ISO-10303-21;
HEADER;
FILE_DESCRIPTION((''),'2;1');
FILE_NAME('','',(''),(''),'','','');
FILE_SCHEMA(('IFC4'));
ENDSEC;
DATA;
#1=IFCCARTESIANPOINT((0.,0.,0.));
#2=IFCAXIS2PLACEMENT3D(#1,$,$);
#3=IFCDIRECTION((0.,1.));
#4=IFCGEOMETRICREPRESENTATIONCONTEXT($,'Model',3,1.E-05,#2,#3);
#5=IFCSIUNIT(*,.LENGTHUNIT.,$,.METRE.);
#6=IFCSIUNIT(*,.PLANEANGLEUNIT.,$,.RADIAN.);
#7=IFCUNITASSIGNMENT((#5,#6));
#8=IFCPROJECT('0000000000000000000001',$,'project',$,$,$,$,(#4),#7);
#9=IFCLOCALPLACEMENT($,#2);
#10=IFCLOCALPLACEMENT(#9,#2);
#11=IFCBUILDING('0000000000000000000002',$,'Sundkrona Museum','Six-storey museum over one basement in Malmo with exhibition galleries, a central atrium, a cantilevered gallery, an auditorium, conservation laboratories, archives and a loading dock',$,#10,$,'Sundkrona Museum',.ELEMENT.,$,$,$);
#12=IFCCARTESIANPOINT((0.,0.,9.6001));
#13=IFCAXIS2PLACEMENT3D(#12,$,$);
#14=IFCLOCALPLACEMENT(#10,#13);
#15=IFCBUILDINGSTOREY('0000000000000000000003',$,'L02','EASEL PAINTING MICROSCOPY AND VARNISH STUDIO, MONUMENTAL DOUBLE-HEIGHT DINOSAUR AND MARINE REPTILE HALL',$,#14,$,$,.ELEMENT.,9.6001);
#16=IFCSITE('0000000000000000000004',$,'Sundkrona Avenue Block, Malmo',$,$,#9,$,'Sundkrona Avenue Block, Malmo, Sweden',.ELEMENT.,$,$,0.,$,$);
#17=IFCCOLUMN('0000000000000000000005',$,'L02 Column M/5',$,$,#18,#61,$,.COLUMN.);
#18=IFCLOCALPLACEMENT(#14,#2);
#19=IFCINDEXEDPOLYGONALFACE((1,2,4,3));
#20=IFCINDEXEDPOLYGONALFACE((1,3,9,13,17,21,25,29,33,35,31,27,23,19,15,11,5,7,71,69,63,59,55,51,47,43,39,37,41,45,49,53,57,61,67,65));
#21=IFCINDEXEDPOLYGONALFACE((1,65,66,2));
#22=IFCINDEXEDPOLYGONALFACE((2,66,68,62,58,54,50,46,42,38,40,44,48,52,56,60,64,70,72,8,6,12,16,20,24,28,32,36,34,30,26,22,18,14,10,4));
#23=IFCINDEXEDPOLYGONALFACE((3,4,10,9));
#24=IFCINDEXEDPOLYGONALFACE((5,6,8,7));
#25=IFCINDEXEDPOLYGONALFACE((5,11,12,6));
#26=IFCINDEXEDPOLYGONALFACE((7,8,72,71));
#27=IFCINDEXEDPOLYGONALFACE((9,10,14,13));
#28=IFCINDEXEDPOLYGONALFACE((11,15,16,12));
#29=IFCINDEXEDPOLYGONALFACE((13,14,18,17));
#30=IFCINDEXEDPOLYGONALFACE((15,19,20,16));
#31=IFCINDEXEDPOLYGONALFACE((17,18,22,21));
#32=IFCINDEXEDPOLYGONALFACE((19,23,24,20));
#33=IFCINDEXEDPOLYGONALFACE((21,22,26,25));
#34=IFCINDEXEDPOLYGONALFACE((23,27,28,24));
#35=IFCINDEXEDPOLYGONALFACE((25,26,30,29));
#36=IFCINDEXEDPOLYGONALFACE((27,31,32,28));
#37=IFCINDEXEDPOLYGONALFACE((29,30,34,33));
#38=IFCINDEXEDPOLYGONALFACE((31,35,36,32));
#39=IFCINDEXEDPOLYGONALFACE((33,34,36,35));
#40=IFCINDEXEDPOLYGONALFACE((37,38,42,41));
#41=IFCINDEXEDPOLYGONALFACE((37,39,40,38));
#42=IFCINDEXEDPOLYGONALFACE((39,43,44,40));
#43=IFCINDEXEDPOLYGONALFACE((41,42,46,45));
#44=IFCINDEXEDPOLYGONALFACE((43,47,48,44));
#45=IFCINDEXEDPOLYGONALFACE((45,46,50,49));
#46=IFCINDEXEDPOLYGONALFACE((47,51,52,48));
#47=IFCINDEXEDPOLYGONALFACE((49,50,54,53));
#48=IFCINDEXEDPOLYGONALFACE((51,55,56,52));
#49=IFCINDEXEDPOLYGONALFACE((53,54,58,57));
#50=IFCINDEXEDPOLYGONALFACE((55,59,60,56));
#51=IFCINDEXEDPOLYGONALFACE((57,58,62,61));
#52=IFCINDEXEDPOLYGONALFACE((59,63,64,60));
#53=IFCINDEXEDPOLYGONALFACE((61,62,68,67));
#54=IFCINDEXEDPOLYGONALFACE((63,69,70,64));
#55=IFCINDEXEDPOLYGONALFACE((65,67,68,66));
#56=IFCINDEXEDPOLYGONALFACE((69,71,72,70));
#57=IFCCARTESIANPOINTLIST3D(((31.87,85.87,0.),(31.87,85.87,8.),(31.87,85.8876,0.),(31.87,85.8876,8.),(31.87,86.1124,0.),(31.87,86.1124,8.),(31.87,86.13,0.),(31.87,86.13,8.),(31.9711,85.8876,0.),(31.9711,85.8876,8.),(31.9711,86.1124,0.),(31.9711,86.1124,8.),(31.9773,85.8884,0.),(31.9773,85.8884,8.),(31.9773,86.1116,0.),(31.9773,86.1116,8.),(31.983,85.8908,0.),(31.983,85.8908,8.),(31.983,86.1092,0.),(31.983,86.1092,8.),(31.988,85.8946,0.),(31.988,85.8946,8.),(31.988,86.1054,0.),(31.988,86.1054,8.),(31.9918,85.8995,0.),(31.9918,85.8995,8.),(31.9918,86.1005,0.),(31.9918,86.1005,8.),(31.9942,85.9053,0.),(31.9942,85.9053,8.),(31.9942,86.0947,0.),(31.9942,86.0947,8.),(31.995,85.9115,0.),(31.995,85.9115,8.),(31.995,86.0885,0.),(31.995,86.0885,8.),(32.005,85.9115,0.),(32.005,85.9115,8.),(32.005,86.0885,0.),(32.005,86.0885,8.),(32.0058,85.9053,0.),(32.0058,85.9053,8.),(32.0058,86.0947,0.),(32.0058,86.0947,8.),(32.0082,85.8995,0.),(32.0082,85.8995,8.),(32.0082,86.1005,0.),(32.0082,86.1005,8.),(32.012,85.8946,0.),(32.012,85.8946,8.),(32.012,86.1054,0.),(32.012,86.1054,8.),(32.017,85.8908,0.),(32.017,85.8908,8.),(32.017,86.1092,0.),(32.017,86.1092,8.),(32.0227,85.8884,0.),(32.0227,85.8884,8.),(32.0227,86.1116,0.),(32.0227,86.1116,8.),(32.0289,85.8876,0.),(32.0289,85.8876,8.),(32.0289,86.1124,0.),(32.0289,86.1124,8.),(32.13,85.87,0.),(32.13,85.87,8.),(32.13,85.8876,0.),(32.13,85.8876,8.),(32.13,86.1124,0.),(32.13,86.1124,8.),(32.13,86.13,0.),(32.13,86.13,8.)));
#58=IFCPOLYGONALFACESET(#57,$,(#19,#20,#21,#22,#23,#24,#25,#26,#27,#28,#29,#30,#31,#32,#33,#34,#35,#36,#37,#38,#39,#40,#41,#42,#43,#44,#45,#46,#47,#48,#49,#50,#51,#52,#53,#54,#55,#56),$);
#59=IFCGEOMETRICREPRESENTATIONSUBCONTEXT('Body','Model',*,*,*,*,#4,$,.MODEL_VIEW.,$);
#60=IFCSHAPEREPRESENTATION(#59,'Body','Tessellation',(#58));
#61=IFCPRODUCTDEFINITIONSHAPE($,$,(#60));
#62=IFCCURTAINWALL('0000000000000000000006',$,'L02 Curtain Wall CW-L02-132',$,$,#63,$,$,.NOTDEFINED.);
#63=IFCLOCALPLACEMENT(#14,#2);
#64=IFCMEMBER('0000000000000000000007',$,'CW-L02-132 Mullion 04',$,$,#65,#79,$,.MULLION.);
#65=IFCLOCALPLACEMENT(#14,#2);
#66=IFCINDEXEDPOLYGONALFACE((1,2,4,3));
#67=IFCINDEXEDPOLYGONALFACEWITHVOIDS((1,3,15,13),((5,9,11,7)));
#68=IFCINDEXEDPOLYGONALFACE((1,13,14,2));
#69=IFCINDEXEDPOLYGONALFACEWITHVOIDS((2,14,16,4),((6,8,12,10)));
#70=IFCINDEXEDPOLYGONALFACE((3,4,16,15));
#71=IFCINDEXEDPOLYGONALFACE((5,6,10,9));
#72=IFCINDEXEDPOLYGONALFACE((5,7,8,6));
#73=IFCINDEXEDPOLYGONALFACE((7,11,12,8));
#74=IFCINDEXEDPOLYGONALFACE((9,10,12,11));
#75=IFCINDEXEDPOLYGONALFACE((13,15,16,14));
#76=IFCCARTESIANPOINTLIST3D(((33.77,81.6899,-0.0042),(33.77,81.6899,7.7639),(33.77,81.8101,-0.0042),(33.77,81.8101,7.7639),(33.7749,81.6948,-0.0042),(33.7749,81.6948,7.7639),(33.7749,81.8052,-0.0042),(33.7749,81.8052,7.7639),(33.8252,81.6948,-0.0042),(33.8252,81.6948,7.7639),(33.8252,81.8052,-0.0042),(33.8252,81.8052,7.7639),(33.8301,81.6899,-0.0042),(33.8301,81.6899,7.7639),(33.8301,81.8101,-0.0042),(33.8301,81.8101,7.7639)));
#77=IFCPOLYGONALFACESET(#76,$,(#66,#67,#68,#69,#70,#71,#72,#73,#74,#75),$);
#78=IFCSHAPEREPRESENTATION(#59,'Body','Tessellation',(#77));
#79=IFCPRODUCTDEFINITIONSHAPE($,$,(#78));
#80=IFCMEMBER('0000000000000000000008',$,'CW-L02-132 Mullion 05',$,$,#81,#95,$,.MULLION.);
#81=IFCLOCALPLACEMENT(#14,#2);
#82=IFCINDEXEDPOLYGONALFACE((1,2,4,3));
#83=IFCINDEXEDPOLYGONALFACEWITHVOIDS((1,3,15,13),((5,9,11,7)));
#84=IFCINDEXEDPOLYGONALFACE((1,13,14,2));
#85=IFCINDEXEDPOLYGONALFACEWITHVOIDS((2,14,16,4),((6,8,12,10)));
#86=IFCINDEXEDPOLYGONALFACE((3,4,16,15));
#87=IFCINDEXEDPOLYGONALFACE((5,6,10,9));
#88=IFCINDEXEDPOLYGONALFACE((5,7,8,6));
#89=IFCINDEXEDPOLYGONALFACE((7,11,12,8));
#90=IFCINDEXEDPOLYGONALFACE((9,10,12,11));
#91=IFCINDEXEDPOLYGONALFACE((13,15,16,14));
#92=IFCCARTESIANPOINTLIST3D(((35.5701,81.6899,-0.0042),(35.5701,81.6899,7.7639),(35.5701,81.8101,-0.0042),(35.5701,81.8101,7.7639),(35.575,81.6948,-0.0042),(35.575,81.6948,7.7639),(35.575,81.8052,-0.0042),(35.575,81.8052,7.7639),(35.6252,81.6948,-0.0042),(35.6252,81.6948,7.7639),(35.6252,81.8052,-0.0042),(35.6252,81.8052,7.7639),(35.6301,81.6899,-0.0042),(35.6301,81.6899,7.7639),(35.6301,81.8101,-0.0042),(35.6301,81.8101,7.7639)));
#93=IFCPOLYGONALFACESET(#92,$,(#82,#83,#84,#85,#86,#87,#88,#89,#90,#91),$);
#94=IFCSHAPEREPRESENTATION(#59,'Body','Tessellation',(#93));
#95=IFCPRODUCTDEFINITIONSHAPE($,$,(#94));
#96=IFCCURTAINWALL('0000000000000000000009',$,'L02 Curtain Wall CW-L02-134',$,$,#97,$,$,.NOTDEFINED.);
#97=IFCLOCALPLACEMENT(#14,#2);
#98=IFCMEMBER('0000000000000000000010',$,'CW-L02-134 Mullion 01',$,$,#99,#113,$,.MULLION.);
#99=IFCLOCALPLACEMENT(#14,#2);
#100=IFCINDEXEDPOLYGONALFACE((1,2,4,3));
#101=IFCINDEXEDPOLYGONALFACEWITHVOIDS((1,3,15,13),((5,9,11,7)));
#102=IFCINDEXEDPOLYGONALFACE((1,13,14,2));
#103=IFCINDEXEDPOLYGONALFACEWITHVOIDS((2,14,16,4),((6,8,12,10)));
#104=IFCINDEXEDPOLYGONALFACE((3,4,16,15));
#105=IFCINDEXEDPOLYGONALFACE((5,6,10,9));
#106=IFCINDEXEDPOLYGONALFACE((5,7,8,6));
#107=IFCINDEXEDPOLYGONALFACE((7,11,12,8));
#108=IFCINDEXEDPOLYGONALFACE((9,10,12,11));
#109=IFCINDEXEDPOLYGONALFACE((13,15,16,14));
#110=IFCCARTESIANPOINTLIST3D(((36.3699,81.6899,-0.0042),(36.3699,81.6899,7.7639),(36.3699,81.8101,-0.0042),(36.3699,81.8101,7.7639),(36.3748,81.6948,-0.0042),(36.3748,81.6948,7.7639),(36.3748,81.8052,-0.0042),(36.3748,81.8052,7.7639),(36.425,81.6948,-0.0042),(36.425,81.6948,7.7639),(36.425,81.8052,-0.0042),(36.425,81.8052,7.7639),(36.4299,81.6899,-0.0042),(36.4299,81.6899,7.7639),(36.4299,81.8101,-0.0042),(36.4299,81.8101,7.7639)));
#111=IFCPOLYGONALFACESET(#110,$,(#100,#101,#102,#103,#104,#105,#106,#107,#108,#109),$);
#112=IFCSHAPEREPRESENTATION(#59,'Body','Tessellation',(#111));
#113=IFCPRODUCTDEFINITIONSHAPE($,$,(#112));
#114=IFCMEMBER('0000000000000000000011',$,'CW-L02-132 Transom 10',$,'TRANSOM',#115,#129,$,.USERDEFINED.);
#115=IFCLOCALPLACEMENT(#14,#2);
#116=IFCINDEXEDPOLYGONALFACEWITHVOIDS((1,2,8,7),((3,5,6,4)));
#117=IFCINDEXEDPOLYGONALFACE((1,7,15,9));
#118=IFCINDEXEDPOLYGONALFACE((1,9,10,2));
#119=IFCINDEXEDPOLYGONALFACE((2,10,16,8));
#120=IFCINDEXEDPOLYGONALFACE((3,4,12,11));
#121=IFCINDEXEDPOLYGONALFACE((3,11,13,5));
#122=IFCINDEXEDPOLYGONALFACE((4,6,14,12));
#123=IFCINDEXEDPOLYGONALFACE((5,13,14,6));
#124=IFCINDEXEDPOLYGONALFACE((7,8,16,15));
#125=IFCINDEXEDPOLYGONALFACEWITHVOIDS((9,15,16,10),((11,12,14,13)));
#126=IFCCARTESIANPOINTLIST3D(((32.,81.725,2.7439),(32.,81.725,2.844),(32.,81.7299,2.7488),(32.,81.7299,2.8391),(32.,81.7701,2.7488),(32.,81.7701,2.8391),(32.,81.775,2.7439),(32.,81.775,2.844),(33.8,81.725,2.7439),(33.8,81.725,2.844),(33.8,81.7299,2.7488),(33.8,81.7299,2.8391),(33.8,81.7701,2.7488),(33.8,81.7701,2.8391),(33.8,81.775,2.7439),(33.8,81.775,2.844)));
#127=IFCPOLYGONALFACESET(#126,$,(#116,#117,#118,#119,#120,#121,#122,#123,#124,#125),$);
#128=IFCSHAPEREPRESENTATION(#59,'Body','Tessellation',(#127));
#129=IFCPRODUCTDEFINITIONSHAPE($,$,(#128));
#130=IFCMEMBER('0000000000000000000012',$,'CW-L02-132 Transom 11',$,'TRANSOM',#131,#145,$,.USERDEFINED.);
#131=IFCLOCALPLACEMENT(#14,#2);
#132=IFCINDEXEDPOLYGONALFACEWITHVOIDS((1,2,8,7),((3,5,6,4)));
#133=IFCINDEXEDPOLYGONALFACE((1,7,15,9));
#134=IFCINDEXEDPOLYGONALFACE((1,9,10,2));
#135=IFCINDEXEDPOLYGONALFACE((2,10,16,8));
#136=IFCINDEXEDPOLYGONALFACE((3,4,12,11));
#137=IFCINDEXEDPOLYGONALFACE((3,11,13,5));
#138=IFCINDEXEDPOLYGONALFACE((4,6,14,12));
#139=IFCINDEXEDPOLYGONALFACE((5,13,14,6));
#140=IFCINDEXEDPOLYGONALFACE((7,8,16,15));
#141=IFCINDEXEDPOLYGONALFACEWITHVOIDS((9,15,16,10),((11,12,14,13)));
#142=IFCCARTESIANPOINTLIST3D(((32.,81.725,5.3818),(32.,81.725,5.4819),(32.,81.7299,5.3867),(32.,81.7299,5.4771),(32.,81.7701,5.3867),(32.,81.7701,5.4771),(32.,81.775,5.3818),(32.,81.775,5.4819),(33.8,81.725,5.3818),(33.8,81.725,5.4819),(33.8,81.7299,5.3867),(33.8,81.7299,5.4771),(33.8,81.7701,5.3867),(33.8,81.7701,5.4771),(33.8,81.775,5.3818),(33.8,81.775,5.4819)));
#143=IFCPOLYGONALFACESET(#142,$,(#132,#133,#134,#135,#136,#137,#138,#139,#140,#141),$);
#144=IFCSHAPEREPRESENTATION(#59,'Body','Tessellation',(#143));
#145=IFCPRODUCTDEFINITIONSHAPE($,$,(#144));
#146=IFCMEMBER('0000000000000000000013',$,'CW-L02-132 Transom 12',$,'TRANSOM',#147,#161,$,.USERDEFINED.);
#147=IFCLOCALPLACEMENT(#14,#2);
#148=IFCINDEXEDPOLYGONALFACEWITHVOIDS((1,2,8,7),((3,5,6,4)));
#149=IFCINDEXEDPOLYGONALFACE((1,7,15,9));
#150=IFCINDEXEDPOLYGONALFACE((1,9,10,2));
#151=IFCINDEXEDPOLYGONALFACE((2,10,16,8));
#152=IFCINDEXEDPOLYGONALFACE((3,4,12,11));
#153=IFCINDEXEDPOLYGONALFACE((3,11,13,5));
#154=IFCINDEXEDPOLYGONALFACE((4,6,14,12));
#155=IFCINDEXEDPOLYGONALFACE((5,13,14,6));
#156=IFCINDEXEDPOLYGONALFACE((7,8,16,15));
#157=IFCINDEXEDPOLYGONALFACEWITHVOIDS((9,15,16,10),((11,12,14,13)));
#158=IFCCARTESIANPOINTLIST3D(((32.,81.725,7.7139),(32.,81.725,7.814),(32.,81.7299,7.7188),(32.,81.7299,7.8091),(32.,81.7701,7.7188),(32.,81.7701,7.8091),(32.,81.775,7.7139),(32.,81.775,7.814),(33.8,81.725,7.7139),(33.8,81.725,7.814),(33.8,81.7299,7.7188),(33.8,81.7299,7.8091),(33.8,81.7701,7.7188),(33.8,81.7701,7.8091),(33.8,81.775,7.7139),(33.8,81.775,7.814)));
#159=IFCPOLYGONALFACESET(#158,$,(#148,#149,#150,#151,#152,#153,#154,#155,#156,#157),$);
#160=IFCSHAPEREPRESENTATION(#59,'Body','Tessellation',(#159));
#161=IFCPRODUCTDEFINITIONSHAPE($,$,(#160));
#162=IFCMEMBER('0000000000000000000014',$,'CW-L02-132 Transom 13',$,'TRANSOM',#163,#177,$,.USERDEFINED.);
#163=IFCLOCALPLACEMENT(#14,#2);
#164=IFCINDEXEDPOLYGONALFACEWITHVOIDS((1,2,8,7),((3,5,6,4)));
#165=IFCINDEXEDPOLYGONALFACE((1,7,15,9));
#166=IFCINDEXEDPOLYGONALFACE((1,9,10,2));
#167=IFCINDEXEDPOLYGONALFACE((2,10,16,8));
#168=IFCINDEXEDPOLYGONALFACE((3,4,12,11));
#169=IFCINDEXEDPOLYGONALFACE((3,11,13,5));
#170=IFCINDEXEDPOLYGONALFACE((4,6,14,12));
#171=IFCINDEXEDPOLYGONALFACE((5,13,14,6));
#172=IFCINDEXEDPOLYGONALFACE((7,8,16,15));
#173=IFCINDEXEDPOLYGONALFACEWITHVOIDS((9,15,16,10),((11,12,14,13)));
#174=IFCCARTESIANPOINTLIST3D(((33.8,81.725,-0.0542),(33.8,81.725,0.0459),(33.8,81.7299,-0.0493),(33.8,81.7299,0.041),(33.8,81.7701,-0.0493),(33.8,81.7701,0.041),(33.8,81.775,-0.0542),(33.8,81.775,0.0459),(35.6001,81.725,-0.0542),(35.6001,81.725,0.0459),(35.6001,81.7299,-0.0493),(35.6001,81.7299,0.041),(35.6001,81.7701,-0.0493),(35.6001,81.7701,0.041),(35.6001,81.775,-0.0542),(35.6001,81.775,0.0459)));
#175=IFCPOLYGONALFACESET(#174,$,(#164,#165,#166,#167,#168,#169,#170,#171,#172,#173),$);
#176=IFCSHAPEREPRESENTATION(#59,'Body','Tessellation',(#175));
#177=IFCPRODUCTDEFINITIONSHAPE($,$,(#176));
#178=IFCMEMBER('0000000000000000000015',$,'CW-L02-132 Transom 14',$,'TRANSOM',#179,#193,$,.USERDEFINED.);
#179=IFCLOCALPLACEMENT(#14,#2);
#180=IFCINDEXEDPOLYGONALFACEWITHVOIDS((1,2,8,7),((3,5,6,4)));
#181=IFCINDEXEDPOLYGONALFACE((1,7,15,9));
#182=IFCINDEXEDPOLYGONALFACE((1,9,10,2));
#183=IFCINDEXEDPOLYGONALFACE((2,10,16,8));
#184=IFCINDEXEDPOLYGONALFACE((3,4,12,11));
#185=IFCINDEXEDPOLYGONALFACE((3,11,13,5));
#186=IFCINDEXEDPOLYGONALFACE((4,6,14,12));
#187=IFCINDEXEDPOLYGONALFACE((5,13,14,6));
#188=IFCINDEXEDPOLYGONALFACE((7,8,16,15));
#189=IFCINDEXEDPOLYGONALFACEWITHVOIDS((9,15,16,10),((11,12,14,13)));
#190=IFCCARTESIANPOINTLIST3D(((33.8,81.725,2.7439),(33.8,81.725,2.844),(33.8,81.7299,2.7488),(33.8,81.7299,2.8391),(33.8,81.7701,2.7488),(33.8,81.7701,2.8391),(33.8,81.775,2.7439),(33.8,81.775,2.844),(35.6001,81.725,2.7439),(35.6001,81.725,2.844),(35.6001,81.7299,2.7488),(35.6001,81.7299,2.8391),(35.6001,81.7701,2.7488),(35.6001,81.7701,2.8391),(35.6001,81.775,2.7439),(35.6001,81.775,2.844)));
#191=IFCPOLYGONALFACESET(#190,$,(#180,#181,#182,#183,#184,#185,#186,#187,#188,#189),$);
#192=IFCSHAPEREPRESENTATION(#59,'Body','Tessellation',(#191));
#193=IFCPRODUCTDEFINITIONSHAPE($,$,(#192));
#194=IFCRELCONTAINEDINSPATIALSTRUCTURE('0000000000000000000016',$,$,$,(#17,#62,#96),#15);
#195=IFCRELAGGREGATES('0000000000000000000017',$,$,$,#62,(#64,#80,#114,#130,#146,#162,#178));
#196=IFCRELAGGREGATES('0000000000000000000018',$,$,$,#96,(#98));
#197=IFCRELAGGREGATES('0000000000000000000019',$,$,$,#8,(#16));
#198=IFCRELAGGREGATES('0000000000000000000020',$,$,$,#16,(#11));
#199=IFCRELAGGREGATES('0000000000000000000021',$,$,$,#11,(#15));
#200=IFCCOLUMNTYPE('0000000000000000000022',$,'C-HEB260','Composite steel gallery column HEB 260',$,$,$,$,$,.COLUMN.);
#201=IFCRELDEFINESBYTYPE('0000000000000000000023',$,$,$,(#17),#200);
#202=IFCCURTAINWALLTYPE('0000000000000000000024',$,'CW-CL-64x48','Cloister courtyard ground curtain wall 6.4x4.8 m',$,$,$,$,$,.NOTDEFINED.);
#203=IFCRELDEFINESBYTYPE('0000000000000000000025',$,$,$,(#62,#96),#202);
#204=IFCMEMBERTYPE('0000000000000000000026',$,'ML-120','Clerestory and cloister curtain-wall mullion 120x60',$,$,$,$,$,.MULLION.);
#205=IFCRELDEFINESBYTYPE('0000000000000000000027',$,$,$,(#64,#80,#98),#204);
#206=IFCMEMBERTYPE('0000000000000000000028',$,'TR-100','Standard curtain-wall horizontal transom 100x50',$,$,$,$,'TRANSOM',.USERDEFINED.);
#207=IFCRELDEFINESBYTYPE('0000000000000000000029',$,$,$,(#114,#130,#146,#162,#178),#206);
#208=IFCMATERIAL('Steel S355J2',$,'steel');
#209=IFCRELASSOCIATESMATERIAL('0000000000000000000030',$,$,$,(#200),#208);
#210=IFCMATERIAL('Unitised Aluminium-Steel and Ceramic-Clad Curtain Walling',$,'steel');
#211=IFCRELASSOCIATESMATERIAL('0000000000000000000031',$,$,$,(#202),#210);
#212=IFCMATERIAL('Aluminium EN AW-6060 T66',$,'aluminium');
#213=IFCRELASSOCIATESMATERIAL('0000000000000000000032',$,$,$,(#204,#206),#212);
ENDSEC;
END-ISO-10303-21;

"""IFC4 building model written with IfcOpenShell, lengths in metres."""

from ifc_helpers import new_model, si_unit, direction, frame, origin, origin_2d, place, context, subcontext, project, spatial, hollow_rectangle, i_section, extrude, material, material_profile, profile_set, type_object, element, aggregate, save


model = new_model("IFC4")

# Units and contexts
model_context = context("Model", 3, precision=1e-05, world=origin(), true_north=direction((0.0, 1.0)))
body_context = subcontext(model_context, "Body", "Model", "MODEL_VIEW")
ifc_project = project(units=[si_unit("LENGTHUNIT", "METRE"), si_unit("PLANEANGLEUNIT", "RADIAN")], contexts=[model_context])

# Site, building, storey
site_placement = place(None, origin())
site = spatial("IfcSite", under=ifc_project, at=site_placement, Name="Sundkrona Avenue Block, Malmo", LongName="Sundkrona Avenue Block, Malmo, Sweden", CompositionType="ELEMENT", RefElevation=0.0)
building_placement = place(site_placement, origin())
building = spatial("IfcBuilding", under=site, at=building_placement, Name="Sundkrona Museum", Description="Six-storey museum over one basement in Malmo with exhibition galleries, a central atrium, a cantilevered gallery, an auditorium, conservation laboratories, archives and a loading dock", LongName="Sundkrona Museum", CompositionType="ELEMENT")
storey_placement = place(building_placement, frame((0.0, 0.0, 9.6001)))
storey = spatial("IfcBuildingStorey", under=building, at=storey_placement, Name="L02", Description="EASEL PAINTING MICROSCOPY AND VARNISH STUDIO, MONUMENTAL DOUBLE-HEIGHT DINOSAUR AND MARINE REPTILE HALL", CompositionType="ELEMENT", Elevation=9.6001)

# Column
ifc_material_1 = material(Name="Steel S355J2", Category="steel")
ifc_material_profile_1 = material_profile(ifc_material_1, i_section(OverallWidth=0.26, OverallDepth=0.26, WebThickness=0.01, FlangeThickness=0.0176, FilletRadius=0.0239, at=origin_2d()), Name="HEB 260")
ifc_profile_set_1 = profile_set([ifc_material_profile_1], Name="Steel S355J2")
column_type = type_object("IfcColumnType", Name="C-HEB260", Description="Composite steel gallery column HEB 260", PredefinedType="COLUMN", material=ifc_profile_set_1)
column_placement = place(storey_placement, frame((32.0, 86.0, 0.0), z_axis=(0.0, 0.0, 1.0), x_axis=(1.0, 0.0, 0.0)))
element("IfcColumn", 1, at=column_placement, inside=storey, type_object=column_type, Name="L02 Column M/5", PredefinedType="COLUMN", context=body_context, shape_type="SweptSolid", body=[
    extrude(i_section(OverallWidth=0.26, OverallDepth=0.26, WebThickness=0.01, FlangeThickness=0.0176, FilletRadius=0.0239, at=origin_2d()), origin(), (0.0, 0.0, 1.0), 8.0),
])

# Curtain wall, members
ifc_material_2 = material(Name="Unitised Aluminium-Steel and Ceramic-Clad Curtain Walling", Category="steel")
curtain_wall_type = type_object("IfcCurtainWallType", Name="CW-CL-64x48", Description="Cloister courtyard ground curtain wall 6.4x4.8 m", PredefinedType="NOTDEFINED", material=ifc_material_2)
curtain_wall_1_placement = place(storey_placement, origin())
curtain_wall_1 = element("IfcCurtainWall", 2, at=curtain_wall_1_placement, inside=storey, type_object=curtain_wall_type, Name="L02 Curtain Wall CW-L02-132", PredefinedType="NOTDEFINED")
ifc_material_3 = material(Name="Aluminium EN AW-6060 T66", Category="aluminium")
ifc_material_profile_2 = material_profile(ifc_material_3, hollow_rectangle(XDim=0.0601, YDim=0.1201, WallThickness=0.0049, at=origin_2d()), Name="RHS 120x60x5.0")
ifc_profile_set_2 = profile_set([ifc_material_profile_2], Name="Aluminium EN AW-6060 T66")
member_type_1 = type_object("IfcMemberType", Name="ML-120", Description="Clerestory and cloister curtain-wall mullion 120x60", PredefinedType="MULLION", material=ifc_profile_set_2)
member_1_placement = place(storey_placement, frame((33.8, 81.75, -0.0042), z_axis=(0.0, 0.0, 1.0), x_axis=(1.0, 0.0, 0.0)))
member_1 = element("IfcMember", 3, at=member_1_placement, type_object=member_type_1, Name="CW-L02-132 Mullion 04", PredefinedType="MULLION", context=body_context, shape_type="SweptSolid", body=[
    extrude(hollow_rectangle(XDim=0.0601, YDim=0.1201, WallThickness=0.0049, at=origin_2d()), origin(), (0.0, 0.0, 1.0), 7.7681),
])
member_2_placement = place(storey_placement, frame((35.6001, 81.75, -0.0042), z_axis=(0.0, 0.0, 1.0), x_axis=(1.0, 0.0, 0.0)))
member_2 = element("IfcMember", 4, at=member_2_placement, type_object=member_type_1, Name="CW-L02-132 Mullion 05", PredefinedType="MULLION", context=body_context, shape_type="SweptSolid", body=[
    extrude(hollow_rectangle(XDim=0.0601, YDim=0.1201, WallThickness=0.0049, at=origin_2d()), origin(), (0.0, 0.0, 1.0), 7.7681),
])

# Curtain wall, member
curtain_wall_2_placement = place(storey_placement, origin())
curtain_wall_2 = element("IfcCurtainWall", 5, at=curtain_wall_2_placement, inside=storey, type_object=curtain_wall_type, Name="L02 Curtain Wall CW-L02-134", PredefinedType="NOTDEFINED")
member_3_placement = place(storey_placement, frame((36.3999, 81.75, -0.0042), z_axis=(0.0, 0.0, 1.0), x_axis=(1.0, 0.0, 0.0)))
member_3 = element("IfcMember", 6, at=member_3_placement, type_object=member_type_1, Name="CW-L02-134 Mullion 01", PredefinedType="MULLION", context=body_context, shape_type="SweptSolid", body=[
    extrude(hollow_rectangle(XDim=0.0601, YDim=0.1201, WallThickness=0.0049, at=origin_2d()), origin(), (0.0, 0.0, 1.0), 7.7681),
])

# Members
ifc_material_profile_3 = material_profile(ifc_material_3, hollow_rectangle(XDim=0.05, YDim=0.1001, WallThickness=0.0049, at=origin_2d()), Name="RHS 100x50x5.0")
ifc_profile_set_3 = profile_set([ifc_material_profile_3], Name="Aluminium EN AW-6060 T66")
member_type_2 = type_object("IfcMemberType", Name="TR-100", Description="Standard curtain-wall horizontal transom 100x50", ElementType="TRANSOM", PredefinedType="USERDEFINED", material=ifc_profile_set_3)
member_4_placement = place(storey_placement, frame((32.0, 81.75, 2.7939), z_axis=(1.0, 0.0, 0.0), x_axis=(0.0, 1.0, 0.0)))
member_4 = element("IfcMember", 7, at=member_4_placement, type_object=member_type_2, Name="CW-L02-132 Transom 10", ObjectType="TRANSOM", PredefinedType="USERDEFINED", context=body_context, shape_type="SweptSolid", body=[
    extrude(hollow_rectangle(XDim=0.05, YDim=0.1001, WallThickness=0.0049, at=origin_2d()), origin(), (0.0, 0.0, 1.0), 1.8),
])
member_5_placement = place(storey_placement, frame((32.0, 81.75, 5.4319), z_axis=(1.0, 0.0, 0.0), x_axis=(0.0, 1.0, 0.0)))
member_5 = element("IfcMember", 8, at=member_5_placement, type_object=member_type_2, Name="CW-L02-132 Transom 11", ObjectType="TRANSOM", PredefinedType="USERDEFINED", context=body_context, shape_type="SweptSolid", body=[
    extrude(hollow_rectangle(XDim=0.05, YDim=0.1001, WallThickness=0.0049, at=origin_2d()), origin(), (0.0, 0.0, 1.0), 1.8),
])
member_6_placement = place(storey_placement, frame((32.0, 81.75, 7.7639), z_axis=(1.0, 0.0, 0.0), x_axis=(0.0, 1.0, 0.0)))
member_6 = element("IfcMember", 9, at=member_6_placement, type_object=member_type_2, Name="CW-L02-132 Transom 12", ObjectType="TRANSOM", PredefinedType="USERDEFINED", context=body_context, shape_type="SweptSolid", body=[
    extrude(hollow_rectangle(XDim=0.05, YDim=0.1001, WallThickness=0.0049, at=origin_2d()), origin(), (0.0, 0.0, 1.0), 1.8),
])
member_7_placement = place(storey_placement, frame((33.8, 81.75, -0.0042), z_axis=(1.0, 0.0, 0.0), x_axis=(0.0, 1.0, 0.0)))
member_7 = element("IfcMember", 10, at=member_7_placement, type_object=member_type_2, Name="CW-L02-132 Transom 13", ObjectType="TRANSOM", PredefinedType="USERDEFINED", context=body_context, shape_type="SweptSolid", body=[
    extrude(hollow_rectangle(XDim=0.05, YDim=0.1001, WallThickness=0.0049, at=origin_2d()), origin(), (0.0, 0.0, 1.0), 1.8),
])
member_8_placement = place(storey_placement, frame((33.8, 81.75, 2.7939), z_axis=(1.0, 0.0, 0.0), x_axis=(0.0, 1.0, 0.0)))
member_8 = element("IfcMember", 11, at=member_8_placement, type_object=member_type_2, Name="CW-L02-132 Transom 14", ObjectType="TRANSOM", PredefinedType="USERDEFINED", context=body_context, shape_type="SweptSolid", body=[
    extrude(hollow_rectangle(XDim=0.05, YDim=0.1001, WallThickness=0.0049, at=origin_2d()), origin(), (0.0, 0.0, 1.0), 1.8),
])

aggregate(curtain_wall_1, [member_1, member_2, member_4, member_5, member_6, member_7, member_8])
aggregate(curtain_wall_2, [member_3])

save(model, "model.ifc")
